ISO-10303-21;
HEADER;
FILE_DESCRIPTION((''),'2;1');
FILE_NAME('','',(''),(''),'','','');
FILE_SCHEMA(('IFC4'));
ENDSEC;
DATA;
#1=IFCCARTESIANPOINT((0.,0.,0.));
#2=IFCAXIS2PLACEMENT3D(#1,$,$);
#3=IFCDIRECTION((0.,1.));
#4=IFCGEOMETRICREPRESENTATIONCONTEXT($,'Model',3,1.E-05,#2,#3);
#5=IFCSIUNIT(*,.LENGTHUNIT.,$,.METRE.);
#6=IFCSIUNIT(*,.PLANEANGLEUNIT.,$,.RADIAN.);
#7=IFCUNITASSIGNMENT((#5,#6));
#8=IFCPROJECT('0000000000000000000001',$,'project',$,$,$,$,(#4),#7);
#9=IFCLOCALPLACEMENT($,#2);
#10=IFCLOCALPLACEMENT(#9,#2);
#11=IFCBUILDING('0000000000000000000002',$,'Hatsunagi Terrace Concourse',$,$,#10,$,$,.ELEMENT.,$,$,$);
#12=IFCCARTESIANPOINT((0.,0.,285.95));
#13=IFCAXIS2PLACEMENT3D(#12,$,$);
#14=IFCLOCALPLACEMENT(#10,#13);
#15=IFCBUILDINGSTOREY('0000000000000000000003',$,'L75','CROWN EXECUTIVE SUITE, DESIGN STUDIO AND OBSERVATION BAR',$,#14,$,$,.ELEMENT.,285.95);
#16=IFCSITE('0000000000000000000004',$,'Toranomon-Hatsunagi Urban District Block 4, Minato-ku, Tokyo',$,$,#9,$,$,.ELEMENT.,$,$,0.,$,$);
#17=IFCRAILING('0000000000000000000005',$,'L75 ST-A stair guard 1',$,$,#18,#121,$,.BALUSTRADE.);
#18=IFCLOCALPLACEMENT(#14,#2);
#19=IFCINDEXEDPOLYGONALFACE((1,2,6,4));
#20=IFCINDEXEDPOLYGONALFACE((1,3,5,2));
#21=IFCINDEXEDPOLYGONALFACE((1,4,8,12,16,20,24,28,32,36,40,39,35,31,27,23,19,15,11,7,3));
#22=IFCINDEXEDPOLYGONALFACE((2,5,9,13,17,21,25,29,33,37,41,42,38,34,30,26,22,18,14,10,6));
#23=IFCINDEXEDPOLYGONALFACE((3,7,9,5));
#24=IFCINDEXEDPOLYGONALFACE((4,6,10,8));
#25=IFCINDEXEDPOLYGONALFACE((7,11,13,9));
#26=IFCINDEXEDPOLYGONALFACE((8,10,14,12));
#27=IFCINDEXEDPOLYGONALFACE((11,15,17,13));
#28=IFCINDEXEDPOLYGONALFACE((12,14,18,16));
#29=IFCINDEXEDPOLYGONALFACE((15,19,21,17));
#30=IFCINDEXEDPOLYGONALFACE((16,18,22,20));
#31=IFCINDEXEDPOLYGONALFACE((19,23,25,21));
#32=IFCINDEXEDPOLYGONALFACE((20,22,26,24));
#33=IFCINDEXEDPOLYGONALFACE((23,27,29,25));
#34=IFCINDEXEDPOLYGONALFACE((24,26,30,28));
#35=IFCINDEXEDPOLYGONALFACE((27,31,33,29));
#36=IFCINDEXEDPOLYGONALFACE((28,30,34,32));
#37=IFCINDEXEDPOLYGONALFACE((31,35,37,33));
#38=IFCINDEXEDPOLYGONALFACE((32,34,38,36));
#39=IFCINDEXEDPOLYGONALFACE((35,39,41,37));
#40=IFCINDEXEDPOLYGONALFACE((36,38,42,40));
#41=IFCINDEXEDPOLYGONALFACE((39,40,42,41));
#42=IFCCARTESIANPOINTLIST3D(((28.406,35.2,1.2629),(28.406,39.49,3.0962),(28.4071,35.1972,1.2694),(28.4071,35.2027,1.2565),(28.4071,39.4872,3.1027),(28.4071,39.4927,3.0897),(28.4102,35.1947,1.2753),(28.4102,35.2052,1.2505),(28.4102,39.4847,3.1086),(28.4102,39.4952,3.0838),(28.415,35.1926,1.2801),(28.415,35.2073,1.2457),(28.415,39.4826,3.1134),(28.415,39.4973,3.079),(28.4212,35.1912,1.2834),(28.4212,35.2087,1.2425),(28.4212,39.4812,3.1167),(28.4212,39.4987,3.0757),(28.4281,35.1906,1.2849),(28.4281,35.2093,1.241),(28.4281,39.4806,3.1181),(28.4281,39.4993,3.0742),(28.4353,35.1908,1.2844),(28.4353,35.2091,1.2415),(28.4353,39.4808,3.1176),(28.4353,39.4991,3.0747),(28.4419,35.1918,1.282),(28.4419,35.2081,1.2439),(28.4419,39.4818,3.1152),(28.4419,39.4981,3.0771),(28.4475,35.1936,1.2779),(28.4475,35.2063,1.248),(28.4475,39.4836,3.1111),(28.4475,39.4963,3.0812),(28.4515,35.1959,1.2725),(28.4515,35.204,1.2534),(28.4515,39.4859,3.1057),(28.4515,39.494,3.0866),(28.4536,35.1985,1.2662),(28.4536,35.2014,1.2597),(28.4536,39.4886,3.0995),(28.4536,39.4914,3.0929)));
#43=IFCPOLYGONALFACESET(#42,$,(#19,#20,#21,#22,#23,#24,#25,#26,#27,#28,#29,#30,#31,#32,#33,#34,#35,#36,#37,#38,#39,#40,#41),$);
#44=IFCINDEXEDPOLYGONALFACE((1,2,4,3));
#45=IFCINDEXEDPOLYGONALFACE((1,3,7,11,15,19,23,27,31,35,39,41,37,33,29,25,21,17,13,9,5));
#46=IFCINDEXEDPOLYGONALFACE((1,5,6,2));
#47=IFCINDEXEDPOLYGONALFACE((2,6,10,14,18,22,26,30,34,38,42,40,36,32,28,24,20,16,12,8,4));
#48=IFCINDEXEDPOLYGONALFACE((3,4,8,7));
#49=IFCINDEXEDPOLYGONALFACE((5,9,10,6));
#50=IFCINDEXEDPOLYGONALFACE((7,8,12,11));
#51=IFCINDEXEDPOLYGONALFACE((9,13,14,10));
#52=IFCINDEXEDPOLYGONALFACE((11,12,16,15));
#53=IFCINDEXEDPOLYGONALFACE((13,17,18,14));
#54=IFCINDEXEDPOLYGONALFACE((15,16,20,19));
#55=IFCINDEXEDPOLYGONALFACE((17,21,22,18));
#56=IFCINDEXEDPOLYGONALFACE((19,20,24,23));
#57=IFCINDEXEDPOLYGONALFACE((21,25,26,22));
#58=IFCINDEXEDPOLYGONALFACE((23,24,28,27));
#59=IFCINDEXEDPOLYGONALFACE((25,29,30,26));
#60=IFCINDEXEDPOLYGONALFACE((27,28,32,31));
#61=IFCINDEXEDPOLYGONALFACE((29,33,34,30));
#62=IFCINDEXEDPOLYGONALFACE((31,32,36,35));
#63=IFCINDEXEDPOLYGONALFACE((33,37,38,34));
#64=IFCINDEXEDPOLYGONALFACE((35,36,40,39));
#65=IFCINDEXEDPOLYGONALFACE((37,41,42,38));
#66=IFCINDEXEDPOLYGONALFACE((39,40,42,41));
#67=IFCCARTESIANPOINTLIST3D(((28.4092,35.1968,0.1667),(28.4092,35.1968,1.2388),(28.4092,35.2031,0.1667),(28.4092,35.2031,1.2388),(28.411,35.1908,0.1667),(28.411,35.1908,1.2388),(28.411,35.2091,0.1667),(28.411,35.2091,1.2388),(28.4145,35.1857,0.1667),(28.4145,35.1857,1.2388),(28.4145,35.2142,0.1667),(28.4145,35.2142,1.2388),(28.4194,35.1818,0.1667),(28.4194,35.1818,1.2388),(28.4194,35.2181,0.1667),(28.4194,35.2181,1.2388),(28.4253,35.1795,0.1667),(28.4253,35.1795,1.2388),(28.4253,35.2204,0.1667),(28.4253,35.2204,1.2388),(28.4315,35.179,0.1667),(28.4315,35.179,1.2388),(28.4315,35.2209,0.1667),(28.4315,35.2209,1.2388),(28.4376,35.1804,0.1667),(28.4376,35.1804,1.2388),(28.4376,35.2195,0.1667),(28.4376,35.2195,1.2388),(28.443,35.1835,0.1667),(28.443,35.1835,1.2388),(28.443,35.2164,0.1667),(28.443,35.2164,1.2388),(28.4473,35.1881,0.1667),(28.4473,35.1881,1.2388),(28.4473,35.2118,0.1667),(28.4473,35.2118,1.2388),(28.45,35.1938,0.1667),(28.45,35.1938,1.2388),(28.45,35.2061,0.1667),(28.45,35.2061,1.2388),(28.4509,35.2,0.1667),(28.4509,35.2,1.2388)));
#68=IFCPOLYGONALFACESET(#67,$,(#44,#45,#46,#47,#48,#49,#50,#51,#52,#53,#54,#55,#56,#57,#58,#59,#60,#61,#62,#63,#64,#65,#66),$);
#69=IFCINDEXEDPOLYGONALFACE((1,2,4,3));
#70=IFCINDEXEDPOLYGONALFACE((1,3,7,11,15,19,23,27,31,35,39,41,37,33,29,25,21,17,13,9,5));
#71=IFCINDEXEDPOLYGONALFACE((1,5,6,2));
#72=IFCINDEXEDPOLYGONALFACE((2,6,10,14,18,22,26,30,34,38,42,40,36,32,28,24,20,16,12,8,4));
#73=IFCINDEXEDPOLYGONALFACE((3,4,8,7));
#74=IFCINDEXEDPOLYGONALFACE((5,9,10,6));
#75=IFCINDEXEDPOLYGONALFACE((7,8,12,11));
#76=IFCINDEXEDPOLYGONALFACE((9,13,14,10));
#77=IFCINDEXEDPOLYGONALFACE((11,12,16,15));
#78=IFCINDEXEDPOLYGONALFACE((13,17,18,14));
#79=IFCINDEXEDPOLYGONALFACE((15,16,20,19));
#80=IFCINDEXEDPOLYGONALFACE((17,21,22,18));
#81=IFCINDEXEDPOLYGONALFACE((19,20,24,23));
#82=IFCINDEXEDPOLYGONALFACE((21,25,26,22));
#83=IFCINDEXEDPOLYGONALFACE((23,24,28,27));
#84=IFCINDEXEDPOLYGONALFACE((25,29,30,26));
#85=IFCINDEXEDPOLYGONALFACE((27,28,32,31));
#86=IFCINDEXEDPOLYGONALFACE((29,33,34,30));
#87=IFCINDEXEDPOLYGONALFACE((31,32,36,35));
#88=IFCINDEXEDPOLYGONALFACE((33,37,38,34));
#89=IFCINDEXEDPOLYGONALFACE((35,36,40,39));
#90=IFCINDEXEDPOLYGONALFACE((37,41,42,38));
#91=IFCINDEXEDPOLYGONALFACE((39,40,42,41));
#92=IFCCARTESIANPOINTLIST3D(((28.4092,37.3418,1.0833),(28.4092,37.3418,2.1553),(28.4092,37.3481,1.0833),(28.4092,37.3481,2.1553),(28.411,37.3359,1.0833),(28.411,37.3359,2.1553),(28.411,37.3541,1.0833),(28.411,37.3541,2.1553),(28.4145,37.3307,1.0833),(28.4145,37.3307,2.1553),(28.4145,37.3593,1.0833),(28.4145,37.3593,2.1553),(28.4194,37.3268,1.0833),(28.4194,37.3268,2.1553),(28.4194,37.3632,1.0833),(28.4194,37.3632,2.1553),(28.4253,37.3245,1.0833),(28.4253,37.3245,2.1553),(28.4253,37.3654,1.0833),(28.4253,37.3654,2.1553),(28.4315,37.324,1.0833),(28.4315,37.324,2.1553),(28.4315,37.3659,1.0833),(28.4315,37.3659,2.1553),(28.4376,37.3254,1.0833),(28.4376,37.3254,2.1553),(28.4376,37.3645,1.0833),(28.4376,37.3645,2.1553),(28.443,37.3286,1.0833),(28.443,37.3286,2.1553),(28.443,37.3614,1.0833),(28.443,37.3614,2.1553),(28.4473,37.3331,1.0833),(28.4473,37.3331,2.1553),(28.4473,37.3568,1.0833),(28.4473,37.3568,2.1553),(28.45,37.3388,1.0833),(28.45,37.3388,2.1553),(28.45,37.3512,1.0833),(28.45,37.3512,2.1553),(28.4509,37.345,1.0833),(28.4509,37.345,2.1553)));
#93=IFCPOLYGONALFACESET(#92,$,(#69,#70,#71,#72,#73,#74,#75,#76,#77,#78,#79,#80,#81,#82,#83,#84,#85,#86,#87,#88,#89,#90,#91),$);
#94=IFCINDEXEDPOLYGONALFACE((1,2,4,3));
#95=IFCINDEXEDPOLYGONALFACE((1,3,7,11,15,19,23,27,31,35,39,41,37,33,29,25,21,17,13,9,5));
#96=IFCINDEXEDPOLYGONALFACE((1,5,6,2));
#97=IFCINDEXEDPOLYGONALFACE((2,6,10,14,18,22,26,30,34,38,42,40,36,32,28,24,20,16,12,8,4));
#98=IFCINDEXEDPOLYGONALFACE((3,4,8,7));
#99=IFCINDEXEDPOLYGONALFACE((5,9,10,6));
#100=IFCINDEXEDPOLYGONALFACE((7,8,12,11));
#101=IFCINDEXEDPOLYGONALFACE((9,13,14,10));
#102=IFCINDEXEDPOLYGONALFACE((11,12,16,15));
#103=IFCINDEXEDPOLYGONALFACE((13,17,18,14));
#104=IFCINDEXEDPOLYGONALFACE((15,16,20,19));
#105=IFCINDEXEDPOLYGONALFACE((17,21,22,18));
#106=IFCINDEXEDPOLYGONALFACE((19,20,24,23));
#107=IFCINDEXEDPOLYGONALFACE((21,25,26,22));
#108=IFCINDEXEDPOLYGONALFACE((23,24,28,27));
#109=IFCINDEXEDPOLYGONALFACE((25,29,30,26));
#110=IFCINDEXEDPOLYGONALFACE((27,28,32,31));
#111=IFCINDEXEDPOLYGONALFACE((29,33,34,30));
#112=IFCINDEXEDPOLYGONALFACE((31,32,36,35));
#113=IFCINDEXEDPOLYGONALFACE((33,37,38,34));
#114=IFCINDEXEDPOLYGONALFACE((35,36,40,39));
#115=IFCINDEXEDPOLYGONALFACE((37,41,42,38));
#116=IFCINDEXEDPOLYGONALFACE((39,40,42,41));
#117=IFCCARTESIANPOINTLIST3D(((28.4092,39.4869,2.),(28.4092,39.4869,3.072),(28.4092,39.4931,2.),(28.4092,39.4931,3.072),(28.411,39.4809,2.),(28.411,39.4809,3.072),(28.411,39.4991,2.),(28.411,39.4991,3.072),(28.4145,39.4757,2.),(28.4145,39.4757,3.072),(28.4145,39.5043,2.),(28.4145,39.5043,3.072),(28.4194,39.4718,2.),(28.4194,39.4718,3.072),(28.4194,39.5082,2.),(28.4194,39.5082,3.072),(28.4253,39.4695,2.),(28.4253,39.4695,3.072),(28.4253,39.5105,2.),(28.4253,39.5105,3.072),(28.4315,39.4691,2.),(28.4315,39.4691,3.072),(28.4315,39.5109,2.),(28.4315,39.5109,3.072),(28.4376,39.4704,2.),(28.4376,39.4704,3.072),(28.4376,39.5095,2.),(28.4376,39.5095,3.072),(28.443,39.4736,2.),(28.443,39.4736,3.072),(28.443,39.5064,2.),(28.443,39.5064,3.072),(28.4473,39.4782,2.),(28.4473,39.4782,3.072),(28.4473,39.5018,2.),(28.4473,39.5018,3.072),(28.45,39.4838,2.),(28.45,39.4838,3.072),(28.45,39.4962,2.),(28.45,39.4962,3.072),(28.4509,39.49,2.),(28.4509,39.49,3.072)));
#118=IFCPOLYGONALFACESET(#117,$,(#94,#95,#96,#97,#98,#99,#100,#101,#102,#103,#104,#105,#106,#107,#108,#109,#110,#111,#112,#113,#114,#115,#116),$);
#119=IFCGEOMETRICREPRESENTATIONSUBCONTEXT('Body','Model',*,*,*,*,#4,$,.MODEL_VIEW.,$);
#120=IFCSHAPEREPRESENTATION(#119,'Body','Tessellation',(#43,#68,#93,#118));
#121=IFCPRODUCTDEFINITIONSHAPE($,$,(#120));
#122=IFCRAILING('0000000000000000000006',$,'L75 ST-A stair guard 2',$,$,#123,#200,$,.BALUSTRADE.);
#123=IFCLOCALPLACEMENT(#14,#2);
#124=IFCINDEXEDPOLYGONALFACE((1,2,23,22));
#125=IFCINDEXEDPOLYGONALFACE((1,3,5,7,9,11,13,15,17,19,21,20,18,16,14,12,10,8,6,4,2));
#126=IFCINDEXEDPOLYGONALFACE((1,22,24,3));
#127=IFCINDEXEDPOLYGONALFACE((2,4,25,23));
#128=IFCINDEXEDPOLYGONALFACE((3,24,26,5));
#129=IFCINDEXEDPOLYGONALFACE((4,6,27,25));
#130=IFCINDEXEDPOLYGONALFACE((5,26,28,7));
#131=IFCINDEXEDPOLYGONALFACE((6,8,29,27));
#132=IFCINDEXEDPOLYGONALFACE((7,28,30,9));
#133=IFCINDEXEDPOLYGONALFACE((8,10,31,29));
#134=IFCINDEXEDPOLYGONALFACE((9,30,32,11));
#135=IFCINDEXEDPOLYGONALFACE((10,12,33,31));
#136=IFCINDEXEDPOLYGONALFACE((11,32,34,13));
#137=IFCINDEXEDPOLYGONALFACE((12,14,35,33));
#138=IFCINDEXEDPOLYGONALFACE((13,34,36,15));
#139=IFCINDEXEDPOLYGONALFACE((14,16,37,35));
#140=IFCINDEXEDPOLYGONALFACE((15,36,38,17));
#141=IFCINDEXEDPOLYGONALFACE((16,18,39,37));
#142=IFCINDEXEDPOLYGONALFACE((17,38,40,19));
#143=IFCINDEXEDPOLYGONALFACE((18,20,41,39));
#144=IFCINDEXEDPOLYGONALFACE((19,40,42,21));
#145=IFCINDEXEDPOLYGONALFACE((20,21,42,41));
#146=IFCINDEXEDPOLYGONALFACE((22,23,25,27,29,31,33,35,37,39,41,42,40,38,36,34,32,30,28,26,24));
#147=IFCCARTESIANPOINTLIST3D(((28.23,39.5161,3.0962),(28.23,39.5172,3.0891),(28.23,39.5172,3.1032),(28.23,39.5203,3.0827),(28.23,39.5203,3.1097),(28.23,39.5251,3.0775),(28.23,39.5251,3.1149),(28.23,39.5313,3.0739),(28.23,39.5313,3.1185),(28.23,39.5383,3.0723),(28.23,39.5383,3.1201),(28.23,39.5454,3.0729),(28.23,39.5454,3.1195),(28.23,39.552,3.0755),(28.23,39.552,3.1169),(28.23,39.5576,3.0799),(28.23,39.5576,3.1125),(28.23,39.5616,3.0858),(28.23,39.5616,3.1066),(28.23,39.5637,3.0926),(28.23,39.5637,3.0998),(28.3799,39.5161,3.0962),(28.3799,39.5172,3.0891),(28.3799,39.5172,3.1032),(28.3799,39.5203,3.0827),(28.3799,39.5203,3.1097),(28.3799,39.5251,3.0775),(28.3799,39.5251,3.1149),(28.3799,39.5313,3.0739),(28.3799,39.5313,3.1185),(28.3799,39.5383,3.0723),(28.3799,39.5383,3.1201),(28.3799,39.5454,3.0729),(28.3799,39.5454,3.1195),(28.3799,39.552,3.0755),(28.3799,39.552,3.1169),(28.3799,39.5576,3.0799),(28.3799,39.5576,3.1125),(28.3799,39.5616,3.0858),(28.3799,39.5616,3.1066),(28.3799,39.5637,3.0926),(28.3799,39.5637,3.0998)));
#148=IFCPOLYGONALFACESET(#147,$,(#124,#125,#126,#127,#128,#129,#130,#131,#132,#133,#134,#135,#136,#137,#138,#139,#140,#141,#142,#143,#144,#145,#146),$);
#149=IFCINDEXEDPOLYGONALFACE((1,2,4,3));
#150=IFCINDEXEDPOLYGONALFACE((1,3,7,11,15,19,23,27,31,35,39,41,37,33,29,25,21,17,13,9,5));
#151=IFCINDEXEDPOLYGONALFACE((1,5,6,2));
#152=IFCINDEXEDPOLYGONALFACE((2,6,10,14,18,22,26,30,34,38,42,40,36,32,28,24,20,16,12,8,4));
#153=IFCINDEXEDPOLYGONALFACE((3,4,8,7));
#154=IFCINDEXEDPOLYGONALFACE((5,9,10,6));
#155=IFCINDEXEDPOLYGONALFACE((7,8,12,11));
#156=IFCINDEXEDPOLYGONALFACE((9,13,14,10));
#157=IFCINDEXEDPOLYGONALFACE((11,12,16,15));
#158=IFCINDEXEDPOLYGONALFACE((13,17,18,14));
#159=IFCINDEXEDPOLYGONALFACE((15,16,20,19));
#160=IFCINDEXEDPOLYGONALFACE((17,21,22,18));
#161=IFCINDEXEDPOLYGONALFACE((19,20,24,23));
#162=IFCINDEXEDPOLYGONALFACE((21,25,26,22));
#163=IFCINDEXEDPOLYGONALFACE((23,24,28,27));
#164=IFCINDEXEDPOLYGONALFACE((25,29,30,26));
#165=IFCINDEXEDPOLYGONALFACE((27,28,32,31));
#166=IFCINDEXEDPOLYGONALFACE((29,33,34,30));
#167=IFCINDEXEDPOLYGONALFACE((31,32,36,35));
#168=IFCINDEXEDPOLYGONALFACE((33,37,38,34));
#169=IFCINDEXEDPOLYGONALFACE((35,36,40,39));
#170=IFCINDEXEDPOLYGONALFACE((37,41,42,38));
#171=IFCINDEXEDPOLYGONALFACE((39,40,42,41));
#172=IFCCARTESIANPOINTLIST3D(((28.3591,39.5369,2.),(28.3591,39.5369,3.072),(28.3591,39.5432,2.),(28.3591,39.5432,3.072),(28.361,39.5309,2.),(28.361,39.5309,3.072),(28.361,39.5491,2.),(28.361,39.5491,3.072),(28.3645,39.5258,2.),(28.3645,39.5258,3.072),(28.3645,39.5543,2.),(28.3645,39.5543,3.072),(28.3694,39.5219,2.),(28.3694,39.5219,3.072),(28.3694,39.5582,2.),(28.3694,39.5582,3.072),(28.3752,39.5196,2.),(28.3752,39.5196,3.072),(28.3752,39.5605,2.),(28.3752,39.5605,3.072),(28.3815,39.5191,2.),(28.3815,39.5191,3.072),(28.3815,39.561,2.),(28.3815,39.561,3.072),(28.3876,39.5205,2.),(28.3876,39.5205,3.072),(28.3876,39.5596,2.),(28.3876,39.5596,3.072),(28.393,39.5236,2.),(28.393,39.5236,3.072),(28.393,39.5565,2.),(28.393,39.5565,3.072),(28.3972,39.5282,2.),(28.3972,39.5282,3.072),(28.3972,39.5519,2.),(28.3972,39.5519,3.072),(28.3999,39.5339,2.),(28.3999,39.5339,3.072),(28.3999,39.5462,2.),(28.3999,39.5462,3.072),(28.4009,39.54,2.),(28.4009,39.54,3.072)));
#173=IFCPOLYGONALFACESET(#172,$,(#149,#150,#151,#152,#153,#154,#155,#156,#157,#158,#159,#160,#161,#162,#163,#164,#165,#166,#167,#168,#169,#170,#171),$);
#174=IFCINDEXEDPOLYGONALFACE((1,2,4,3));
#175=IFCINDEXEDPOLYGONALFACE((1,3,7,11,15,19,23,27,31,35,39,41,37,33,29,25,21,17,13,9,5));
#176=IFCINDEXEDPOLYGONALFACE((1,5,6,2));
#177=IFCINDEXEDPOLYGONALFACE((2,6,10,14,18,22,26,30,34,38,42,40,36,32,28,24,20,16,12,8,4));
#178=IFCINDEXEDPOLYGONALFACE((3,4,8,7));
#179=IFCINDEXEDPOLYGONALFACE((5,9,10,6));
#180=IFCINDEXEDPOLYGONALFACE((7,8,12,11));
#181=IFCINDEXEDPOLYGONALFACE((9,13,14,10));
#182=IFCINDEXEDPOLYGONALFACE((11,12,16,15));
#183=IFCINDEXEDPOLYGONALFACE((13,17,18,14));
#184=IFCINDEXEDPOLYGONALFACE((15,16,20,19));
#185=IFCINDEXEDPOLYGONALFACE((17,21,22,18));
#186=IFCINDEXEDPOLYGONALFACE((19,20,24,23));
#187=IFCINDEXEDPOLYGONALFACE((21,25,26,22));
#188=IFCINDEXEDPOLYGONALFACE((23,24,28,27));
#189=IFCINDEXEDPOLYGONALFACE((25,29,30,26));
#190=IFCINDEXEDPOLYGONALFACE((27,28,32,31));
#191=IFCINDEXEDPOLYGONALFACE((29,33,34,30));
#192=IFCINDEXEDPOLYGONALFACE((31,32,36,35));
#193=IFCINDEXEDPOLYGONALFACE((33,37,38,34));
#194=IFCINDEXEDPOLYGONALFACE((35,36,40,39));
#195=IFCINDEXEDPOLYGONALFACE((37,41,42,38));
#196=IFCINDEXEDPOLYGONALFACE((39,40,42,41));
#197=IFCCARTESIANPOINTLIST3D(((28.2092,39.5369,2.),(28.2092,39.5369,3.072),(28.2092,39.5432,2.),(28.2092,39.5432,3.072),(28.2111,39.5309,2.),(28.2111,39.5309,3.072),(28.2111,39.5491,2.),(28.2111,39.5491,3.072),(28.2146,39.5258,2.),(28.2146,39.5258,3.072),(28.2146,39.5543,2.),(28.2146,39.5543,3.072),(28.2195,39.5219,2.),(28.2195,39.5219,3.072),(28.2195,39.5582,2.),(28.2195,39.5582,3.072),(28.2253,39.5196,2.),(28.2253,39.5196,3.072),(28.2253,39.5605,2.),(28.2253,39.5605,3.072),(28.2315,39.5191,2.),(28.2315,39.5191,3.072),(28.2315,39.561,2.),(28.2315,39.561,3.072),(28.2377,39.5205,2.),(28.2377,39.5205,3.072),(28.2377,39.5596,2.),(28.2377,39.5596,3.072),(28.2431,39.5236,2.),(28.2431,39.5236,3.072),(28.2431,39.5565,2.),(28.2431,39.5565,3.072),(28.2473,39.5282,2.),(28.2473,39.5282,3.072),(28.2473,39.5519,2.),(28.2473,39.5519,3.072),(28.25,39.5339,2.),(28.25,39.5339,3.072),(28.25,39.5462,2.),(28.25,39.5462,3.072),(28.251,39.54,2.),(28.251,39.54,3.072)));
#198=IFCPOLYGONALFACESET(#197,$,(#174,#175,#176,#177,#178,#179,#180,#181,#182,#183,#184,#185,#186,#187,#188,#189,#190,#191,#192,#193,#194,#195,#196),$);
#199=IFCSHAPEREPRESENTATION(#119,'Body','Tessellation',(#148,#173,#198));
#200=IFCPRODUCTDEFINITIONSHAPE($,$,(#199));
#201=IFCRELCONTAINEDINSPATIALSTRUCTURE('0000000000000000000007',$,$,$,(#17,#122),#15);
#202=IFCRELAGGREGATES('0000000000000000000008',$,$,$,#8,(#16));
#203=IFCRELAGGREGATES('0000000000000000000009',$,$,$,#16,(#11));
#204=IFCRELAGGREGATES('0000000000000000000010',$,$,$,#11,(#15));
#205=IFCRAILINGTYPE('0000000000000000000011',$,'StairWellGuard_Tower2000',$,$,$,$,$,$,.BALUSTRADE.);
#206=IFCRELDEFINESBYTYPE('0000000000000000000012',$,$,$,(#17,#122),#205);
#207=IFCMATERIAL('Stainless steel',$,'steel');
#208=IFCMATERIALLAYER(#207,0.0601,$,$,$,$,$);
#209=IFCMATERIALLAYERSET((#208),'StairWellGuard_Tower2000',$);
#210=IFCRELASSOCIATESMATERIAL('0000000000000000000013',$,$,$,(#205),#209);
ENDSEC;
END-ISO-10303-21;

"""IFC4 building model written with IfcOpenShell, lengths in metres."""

from ifc_helpers import new_model, si_unit, direction, frame, origin, origin_2d, place, context, subcontext, project, spatial, circle, extrude, material, layer, layer_set, type_object, element, save


model = new_model("IFC4")

# Units and contexts
model_context = context("Model", 3, precision=1e-05, world=origin(), true_north=direction((0.0, 1.0)))
body_context = subcontext(model_context, "Body", "Model", "MODEL_VIEW")
ifc_project = project(units=[si_unit("LENGTHUNIT", "METRE"), si_unit("PLANEANGLEUNIT", "RADIAN")], contexts=[model_context])

# Site, building, storey
site_placement = place(None, origin())
site = spatial("IfcSite", under=ifc_project, at=site_placement, Name="Toranomon-Hatsunagi Urban District Block 4, Minato-ku, Tokyo", CompositionType="ELEMENT", RefElevation=0.0)
building_placement = place(site_placement, origin())
building = spatial("IfcBuilding", under=site, at=building_placement, Name="Hatsunagi Terrace Concourse", CompositionType="ELEMENT")
storey_placement = place(building_placement, frame((0.0, 0.0, 285.95)))
storey = spatial("IfcBuildingStorey", under=building, at=storey_placement, Name="L75", Description="CROWN EXECUTIVE SUITE, DESIGN STUDIO AND OBSERVATION BAR", CompositionType="ELEMENT", Elevation=285.95)

# Railings
ifc_material_1 = material(Name="Stainless steel", Category="steel")
ifc_layer_1 = layer(ifc_material_1, 0.0601)
ifc_layer_set_1 = layer_set([ifc_layer_1], Name="StairWellGuard_Tower2000")
railing_type_1 = type_object("IfcRailingType", Name="StairWellGuard_Tower2000", PredefinedType="BALUSTRADE", material=ifc_layer_set_1)
railing_1_placement = place(storey_placement, frame((28.4299, 35.2, 0.1667)))
element("IfcRailing", 1, at=railing_1_placement, inside=storey, type_object=railing_type_1, Name="L75 ST-A stair guard 1", PredefinedType="BALUSTRADE", context=body_context, shape_type="SweptSolid", body=[
    extrude(circle(Radius=0.0239, at=origin_2d()), frame((0.0, 0.0, 1.0962), z_axis=(0.0, 0.919559, 0.392953), x_axis=(-1.0, 0.0, 0.0)), (0.0, 0.0, 1.0), 4.6653),
    extrude(circle(Radius=0.021, at=origin_2d()), origin(), (0.0, 0.0, 1.0), 1.072),
    extrude(circle(Radius=0.021, at=origin_2d()), frame((0.0, 2.145, 0.9165)), (0.0, 0.0, 1.0), 1.072),
    extrude(circle(Radius=0.021, at=origin_2d()), frame((0.0, 4.29, 1.8333)), (0.0, 0.0, 1.0), 1.072),
])
railing_2_placement = place(storey_placement, frame((28.3799, 39.54, 2.0)))
element("IfcRailing", 2, at=railing_2_placement, inside=storey, type_object=railing_type_1, Name="L75 ST-A stair guard 2", PredefinedType="BALUSTRADE", context=body_context, shape_type="SweptSolid", body=[
    extrude(circle(Radius=0.0239, at=origin_2d()), frame((0.0, 0.0, 1.0962), z_axis=(-1.0, 0.0, 0.0), x_axis=(0.0, -1.0, 0.0)), (0.0, 0.0, 1.0), 0.1499),
    extrude(circle(Radius=0.021, at=origin_2d()), origin(), (0.0, 0.0, 1.0), 1.072),
    extrude(circle(Radius=0.021, at=origin_2d()), frame((-0.1499, 0.0, 0.0)), (0.0, 0.0, 1.0), 1.072),
])

save(model, "model.ifc")
